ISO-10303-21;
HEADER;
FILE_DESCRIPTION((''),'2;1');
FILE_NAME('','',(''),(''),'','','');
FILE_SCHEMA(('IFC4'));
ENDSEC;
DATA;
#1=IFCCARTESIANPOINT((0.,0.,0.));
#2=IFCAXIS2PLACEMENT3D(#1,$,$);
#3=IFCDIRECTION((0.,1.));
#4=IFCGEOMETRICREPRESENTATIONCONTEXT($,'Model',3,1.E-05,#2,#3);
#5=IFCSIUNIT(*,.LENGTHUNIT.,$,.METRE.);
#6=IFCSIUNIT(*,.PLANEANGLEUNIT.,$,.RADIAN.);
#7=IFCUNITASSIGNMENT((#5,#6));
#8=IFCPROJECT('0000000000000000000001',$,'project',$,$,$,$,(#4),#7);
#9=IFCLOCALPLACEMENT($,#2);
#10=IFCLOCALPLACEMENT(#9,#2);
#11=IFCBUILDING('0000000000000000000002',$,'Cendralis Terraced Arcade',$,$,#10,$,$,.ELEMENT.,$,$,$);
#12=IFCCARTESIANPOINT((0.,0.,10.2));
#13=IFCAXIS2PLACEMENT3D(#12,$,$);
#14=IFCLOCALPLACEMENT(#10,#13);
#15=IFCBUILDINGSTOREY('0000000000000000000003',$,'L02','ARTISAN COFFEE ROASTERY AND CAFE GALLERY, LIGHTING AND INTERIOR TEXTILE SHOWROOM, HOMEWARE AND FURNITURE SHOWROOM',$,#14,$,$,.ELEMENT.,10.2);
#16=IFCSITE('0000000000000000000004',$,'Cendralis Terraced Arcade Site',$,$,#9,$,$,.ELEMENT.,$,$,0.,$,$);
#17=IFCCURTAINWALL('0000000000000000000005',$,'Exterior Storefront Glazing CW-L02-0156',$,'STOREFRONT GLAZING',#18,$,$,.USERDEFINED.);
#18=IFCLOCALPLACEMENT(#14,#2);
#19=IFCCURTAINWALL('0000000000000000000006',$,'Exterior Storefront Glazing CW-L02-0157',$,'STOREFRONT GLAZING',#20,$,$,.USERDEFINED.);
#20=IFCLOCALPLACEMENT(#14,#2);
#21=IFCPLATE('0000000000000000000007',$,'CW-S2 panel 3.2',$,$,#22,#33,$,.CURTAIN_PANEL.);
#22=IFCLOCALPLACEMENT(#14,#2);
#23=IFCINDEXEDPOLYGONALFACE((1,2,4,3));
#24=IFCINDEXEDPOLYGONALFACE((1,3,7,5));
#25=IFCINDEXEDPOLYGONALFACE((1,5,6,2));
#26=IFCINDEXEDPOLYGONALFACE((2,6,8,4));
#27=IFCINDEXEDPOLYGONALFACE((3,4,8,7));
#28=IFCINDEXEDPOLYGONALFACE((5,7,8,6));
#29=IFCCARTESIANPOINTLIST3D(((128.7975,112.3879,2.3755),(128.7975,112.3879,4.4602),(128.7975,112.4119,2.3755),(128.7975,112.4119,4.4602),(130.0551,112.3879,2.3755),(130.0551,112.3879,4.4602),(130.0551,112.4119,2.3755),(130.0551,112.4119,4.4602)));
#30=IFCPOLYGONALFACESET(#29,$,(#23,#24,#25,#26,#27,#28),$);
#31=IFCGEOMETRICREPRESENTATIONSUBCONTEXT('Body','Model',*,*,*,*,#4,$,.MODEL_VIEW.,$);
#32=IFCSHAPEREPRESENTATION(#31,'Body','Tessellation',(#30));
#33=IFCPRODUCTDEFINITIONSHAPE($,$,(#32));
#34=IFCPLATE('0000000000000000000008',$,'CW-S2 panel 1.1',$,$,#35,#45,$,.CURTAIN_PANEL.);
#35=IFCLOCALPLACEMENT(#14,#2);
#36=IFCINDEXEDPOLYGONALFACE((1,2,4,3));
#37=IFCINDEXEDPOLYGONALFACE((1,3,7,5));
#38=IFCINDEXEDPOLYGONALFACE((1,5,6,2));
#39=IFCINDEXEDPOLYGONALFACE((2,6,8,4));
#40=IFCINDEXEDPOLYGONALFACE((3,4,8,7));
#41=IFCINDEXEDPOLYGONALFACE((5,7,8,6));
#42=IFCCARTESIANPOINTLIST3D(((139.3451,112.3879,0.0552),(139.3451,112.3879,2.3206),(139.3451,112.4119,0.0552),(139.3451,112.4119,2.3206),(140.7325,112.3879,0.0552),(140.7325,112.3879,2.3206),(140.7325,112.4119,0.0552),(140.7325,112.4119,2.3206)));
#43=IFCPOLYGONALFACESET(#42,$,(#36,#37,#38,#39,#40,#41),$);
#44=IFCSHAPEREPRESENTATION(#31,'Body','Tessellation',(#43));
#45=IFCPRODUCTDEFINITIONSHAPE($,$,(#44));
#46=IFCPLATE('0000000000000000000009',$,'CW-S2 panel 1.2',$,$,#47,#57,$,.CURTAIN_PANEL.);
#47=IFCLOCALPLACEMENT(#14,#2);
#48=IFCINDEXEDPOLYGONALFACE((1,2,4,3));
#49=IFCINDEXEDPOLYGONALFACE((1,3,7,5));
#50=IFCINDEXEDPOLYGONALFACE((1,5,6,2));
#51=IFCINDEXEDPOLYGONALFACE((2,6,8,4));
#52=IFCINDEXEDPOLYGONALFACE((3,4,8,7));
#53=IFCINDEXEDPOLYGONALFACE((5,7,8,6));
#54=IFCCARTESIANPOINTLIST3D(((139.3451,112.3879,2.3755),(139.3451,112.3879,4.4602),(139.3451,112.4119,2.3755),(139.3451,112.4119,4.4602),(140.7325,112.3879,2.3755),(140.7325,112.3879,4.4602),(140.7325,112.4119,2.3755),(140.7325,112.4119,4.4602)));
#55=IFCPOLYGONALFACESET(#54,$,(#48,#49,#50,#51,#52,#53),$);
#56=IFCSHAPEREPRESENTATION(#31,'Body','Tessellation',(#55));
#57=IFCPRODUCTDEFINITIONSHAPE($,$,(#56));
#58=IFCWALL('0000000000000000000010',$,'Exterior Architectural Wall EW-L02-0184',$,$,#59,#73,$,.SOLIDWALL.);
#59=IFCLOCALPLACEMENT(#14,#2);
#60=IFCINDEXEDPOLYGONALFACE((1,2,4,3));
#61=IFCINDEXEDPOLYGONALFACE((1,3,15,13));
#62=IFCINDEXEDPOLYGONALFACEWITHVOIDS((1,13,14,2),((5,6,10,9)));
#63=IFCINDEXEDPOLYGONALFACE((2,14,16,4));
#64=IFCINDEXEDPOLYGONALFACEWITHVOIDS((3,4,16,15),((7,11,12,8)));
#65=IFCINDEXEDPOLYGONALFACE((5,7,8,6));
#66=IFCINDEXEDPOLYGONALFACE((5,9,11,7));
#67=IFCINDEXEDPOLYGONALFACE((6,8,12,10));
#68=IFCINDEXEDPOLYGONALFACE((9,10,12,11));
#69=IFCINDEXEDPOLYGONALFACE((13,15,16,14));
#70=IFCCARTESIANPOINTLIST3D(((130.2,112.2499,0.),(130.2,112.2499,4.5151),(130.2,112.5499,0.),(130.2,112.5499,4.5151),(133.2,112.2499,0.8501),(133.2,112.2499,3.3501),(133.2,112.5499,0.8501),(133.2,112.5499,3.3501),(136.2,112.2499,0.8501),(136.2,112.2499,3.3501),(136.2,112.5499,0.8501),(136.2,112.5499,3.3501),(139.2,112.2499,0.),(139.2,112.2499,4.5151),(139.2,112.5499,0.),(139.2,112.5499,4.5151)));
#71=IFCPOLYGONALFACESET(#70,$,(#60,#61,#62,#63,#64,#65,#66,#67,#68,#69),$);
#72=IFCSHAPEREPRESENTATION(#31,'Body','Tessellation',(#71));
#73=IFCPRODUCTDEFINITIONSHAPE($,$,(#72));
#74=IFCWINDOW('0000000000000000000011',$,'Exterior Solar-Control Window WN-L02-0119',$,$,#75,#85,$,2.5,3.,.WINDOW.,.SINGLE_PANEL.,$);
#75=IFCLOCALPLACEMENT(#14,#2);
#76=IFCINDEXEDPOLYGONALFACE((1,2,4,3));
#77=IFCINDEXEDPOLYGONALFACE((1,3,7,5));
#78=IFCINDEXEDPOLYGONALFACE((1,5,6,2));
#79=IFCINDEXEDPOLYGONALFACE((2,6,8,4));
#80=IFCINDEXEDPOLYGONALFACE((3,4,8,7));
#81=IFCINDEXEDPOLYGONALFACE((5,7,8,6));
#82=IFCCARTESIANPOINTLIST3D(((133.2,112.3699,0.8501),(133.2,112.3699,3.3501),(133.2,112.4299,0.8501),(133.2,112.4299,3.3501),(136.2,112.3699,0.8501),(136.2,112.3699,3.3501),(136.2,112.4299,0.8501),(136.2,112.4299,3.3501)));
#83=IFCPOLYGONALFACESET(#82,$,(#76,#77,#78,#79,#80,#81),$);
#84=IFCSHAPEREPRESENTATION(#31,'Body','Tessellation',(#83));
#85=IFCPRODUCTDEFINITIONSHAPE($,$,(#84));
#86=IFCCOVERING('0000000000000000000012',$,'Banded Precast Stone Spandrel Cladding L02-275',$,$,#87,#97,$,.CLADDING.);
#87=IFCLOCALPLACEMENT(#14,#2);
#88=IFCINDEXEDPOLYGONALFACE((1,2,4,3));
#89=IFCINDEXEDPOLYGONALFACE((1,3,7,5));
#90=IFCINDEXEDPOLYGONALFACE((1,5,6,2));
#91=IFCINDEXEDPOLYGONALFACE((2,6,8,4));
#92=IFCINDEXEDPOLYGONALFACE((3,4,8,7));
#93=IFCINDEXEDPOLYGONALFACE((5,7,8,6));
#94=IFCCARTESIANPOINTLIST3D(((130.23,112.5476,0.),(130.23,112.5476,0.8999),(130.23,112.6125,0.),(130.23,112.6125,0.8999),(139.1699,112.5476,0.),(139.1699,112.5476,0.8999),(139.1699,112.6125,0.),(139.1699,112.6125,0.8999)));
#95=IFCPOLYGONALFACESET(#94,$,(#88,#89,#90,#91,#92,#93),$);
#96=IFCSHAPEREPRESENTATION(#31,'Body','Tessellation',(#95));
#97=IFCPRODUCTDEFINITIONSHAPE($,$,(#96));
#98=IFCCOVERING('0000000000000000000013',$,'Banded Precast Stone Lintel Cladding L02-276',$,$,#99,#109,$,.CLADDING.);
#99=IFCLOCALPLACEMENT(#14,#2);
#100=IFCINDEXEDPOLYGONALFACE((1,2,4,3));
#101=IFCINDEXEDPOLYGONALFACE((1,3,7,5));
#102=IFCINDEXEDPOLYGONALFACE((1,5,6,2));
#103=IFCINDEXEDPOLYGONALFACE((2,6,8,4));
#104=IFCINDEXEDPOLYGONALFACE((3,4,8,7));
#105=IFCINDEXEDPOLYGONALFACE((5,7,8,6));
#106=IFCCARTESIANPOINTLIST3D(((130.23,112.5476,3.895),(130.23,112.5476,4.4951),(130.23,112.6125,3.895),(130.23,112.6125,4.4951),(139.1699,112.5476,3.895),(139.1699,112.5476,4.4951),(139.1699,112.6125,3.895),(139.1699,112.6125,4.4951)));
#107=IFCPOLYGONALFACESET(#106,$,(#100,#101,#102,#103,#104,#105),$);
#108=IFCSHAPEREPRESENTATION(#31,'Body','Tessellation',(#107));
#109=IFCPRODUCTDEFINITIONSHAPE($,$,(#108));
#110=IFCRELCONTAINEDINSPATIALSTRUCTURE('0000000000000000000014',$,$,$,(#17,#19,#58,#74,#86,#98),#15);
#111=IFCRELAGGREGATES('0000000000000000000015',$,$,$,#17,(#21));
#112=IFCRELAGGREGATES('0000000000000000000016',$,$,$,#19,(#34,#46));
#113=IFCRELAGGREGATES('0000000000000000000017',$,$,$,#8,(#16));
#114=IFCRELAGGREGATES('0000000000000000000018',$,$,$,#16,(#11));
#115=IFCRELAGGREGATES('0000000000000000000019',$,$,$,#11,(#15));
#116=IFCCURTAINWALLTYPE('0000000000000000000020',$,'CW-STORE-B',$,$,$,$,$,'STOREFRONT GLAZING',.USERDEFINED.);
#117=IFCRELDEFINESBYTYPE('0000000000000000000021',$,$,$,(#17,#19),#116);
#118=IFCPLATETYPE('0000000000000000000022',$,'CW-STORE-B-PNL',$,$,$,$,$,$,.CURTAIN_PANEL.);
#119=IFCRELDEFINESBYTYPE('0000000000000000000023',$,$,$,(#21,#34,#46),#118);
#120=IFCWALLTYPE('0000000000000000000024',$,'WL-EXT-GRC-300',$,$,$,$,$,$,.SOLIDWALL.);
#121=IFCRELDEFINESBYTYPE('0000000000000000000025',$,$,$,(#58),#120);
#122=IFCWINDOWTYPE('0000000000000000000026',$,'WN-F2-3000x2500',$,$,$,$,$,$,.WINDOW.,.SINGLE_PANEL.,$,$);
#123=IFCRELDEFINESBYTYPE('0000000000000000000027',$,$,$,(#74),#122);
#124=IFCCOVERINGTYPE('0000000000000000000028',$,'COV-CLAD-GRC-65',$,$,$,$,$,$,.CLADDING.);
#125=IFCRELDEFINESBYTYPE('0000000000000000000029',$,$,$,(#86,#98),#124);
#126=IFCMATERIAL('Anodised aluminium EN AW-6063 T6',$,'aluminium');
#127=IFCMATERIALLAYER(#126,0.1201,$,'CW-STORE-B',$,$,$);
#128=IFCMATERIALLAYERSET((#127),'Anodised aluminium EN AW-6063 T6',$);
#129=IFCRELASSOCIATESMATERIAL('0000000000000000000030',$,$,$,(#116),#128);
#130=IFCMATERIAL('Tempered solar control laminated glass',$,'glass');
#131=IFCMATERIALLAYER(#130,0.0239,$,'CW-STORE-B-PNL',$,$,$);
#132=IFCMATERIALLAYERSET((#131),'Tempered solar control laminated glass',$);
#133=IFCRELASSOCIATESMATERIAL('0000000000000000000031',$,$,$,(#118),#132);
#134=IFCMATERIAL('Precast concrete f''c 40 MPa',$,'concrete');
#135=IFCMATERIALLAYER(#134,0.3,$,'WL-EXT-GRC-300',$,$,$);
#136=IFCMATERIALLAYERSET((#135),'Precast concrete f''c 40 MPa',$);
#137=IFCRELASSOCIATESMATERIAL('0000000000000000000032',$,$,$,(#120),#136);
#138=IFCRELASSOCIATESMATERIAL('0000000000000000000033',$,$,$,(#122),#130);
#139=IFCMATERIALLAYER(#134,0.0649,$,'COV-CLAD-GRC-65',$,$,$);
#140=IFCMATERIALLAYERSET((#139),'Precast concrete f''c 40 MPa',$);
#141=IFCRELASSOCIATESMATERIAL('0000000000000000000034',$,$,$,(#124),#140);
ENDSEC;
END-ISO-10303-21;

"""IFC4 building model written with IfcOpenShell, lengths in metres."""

from ifc_helpers import new_model, si_unit, direction, frame, frame_2d, origin, origin_2d, place, context, subcontext, project, spatial, rectangle, extrude, material, layer, layer_set, type_object, element, fill, aggregate, save


model = new_model("IFC4")

# Units and contexts
model_context = context("Model", 3, precision=1e-05, world=origin(), true_north=direction((0.0, 1.0)))
body_context = subcontext(model_context, "Body", "Model", "MODEL_VIEW")
ifc_project = project(units=[si_unit("LENGTHUNIT", "METRE"), si_unit("PLANEANGLEUNIT", "RADIAN")], contexts=[model_context])

# Site, building, storey
site_placement = place(None, origin())
site = spatial("IfcSite", under=ifc_project, at=site_placement, Name="Cendralis Terraced Arcade Site", CompositionType="ELEMENT", RefElevation=0.0)
building_placement = place(site_placement, origin())
building = spatial("IfcBuilding", under=site, at=building_placement, Name="Cendralis Terraced Arcade", CompositionType="ELEMENT")
storey_placement = place(building_placement, frame((0.0, 0.0, 10.2)))
storey = spatial("IfcBuildingStorey", under=building, at=storey_placement, Name="L02", Description="ARTISAN COFFEE ROASTERY AND CAFE GALLERY, LIGHTING AND INTERIOR TEXTILE SHOWROOM, HOMEWARE AND FURNITURE SHOWROOM", CompositionType="ELEMENT", Elevation=10.2)

# Curtain wall
ifc_material_1 = material(Name="Anodised aluminium EN AW-6063 T6", Category="aluminium")
ifc_layer_1 = layer(ifc_material_1, 0.1201, Name="CW-STORE-B")
ifc_layer_set_1 = layer_set([ifc_layer_1], Name="Anodised aluminium EN AW-6063 T6")
curtain_wall_type = type_object("IfcCurtainWallType", Name="CW-STORE-B", ElementType="STOREFRONT GLAZING", PredefinedType="USERDEFINED", material=ifc_layer_set_1)
curtain_wall_1_placement = place(storey_placement, origin())
curtain_wall_1 = element("IfcCurtainWall", 1, at=curtain_wall_1_placement, inside=storey, type_object=curtain_wall_type, Name="Exterior Storefront Glazing CW-L02-0156", ObjectType="STOREFRONT GLAZING", PredefinedType="USERDEFINED")

# Curtain wall
curtain_wall_2_placement = place(storey_placement, origin())
curtain_wall_2 = element("IfcCurtainWall", 2, at=curtain_wall_2_placement, inside=storey, type_object=curtain_wall_type, Name="Exterior Storefront Glazing CW-L02-0157", ObjectType="STOREFRONT GLAZING", PredefinedType="USERDEFINED")

# Plates
ifc_material_2 = material(Name="Tempered solar control laminated glass", Category="glass")
ifc_layer_2 = layer(ifc_material_2, 0.0239, Name="CW-STORE-B-PNL")
ifc_layer_set_2 = layer_set([ifc_layer_2], Name="Tempered solar control laminated glass")
plate_type = type_object("IfcPlateType", Name="CW-STORE-B-PNL", PredefinedType="CURTAIN_PANEL", material=ifc_layer_set_2)
plate_1_placement = place(storey_placement, frame((129.4263, 112.3999, 2.3755), z_axis=(0.0, 0.0, 1.0), x_axis=(1.0, 0.0, 0.0)))
plate_1 = element("IfcPlate", 3, at=plate_1_placement, type_object=plate_type, Name="CW-S2 panel 3.2", PredefinedType="CURTAIN_PANEL", context=body_context, shape_type="SweptSolid", body=[
    extrude(rectangle(XDim=1.2576, YDim=0.0239, at=origin_2d()), origin(), (0.0, 0.0, 1.0), 2.0847),
])
aggregate(curtain_wall_1, [plate_1])
plate_2_placement = place(storey_placement, frame((140.0388, 112.3999, 0.0552), z_axis=(0.0, 0.0, 1.0), x_axis=(1.0, 0.0, 0.0)))
plate_2 = element("IfcPlate", 4, at=plate_2_placement, type_object=plate_type, Name="CW-S2 panel 1.1", PredefinedType="CURTAIN_PANEL", context=body_context, shape_type="SweptSolid", body=[
    extrude(rectangle(XDim=1.3875, YDim=0.0239, at=origin_2d()), origin(), (0.0, 0.0, 1.0), 2.2654),
])
plate_3_placement = place(storey_placement, frame((140.0388, 112.3999, 2.3755), z_axis=(0.0, 0.0, 1.0), x_axis=(1.0, 0.0, 0.0)))
plate_3 = element("IfcPlate", 5, at=plate_3_placement, type_object=plate_type, Name="CW-S2 panel 1.2", PredefinedType="CURTAIN_PANEL", context=body_context, shape_type="SweptSolid", body=[
    extrude(rectangle(XDim=1.3875, YDim=0.0239, at=origin_2d()), origin(), (0.0, 0.0, 1.0), 2.0847),
])
aggregate(curtain_wall_2, [plate_2, plate_3])

# Wall, opening, window
ifc_material_3 = material(Name="Precast concrete f'c 40 MPa", Category="concrete")
ifc_layer_3 = layer(ifc_material_3, 0.3, Name="WL-EXT-GRC-300")
ifc_layer_set_3 = layer_set([ifc_layer_3], Name="Precast concrete f'c 40 MPa")
wall_type = type_object("IfcWallType", Name="WL-EXT-GRC-300", PredefinedType="SOLIDWALL", material=ifc_layer_set_3)
wall_placement = place(storey_placement, frame((130.2, 112.3999, 0.0), z_axis=(0.0, 0.0, 1.0), x_axis=(1.0, 0.0, 0.0)))
wall = element("IfcWall", 6, at=wall_placement, inside=storey, type_object=wall_type, Name="Exterior Architectural Wall EW-L02-0184", PredefinedType="SOLIDWALL", context=body_context, shape_type="SweptSolid", body=[
    extrude(rectangle(XDim=9.0, YDim=0.3, at=frame_2d((4.5, 0.0))), origin(), (0.0, 0.0, 1.0), 4.5151),
])
opening_placement = place(wall_placement, frame((3.0, 0.0, 0.8501)))
opening = element("IfcOpeningElement", 7, at=opening_placement, cuts=wall, PredefinedType="OPENING", context=body_context, shape_type="SweptSolid", body=[
    extrude(rectangle(XDim=3.0, YDim=2.5, at=frame_2d((1.5, 1.25))), frame((0.0, 0.1621, 0.0), z_axis=(0.0, -1.0, 0.0), x_axis=(1.0, 0.0, 0.0)), (0.0, 0.0, 1.0), 0.324),
])
window_type = type_object("IfcWindowType", Name="WN-F2-3000x2500", PartitioningType="SINGLE_PANEL", PredefinedType="WINDOW", material=ifc_material_2)
window_placement = place(opening_placement, origin())
window = element("IfcWindow", 8, at=window_placement, inside=storey, type_object=window_type, Name="Exterior Solar-Control Window WN-L02-0119", OverallHeight=2.5, OverallWidth=3.0, PartitioningType="SINGLE_PANEL", PredefinedType="WINDOW", context=body_context, shape_type="SweptSolid", body=[
    extrude(rectangle(XDim=3.0, YDim=2.5, at=frame_2d((1.5, 1.25))), frame((0.0, 0.03, 0.0), z_axis=(0.0, -1.0, 0.0), x_axis=(1.0, 0.0, 0.0)), (0.0, 0.0, 1.0), 0.0601),
])
fill(opening, window)

# Coverings
ifc_layer_4 = layer(ifc_material_3, 0.0649, Name="COV-CLAD-GRC-65")
ifc_layer_set_4 = layer_set([ifc_layer_4], Name="Precast concrete f'c 40 MPa")
covering_type = type_object("IfcCoveringType", Name="COV-CLAD-GRC-65", PredefinedType="CLADDING", material=ifc_layer_set_4)
covering_1_placement = place(storey_placement, frame((134.7, 112.5801, 0.0), z_axis=(0.0, 0.0, 1.0), x_axis=(1.0, 0.0, 0.0)))
element("IfcCovering", 9, at=covering_1_placement, inside=storey, type_object=covering_type, Name="Banded Precast Stone Spandrel Cladding L02-275", PredefinedType="CLADDING", context=body_context, shape_type="SweptSolid", body=[
    extrude(rectangle(XDim=8.9399, YDim=0.0649, at=origin_2d()), origin(), (0.0, 0.0, 1.0), 0.8999),
])
covering_2_placement = place(storey_placement, frame((134.7, 112.5801, 3.895), z_axis=(0.0, 0.0, 1.0), x_axis=(1.0, 0.0, 0.0)))
element("IfcCovering", 10, at=covering_2_placement, inside=storey, type_object=covering_type, Name="Banded Precast Stone Lintel Cladding L02-276", PredefinedType="CLADDING", context=body_context, shape_type="SweptSolid", body=[
    extrude(rectangle(XDim=8.9399, YDim=0.0649, at=origin_2d()), origin(), (0.0, 0.0, 1.0), 0.6001),
])

save(model, "model.ifc")
